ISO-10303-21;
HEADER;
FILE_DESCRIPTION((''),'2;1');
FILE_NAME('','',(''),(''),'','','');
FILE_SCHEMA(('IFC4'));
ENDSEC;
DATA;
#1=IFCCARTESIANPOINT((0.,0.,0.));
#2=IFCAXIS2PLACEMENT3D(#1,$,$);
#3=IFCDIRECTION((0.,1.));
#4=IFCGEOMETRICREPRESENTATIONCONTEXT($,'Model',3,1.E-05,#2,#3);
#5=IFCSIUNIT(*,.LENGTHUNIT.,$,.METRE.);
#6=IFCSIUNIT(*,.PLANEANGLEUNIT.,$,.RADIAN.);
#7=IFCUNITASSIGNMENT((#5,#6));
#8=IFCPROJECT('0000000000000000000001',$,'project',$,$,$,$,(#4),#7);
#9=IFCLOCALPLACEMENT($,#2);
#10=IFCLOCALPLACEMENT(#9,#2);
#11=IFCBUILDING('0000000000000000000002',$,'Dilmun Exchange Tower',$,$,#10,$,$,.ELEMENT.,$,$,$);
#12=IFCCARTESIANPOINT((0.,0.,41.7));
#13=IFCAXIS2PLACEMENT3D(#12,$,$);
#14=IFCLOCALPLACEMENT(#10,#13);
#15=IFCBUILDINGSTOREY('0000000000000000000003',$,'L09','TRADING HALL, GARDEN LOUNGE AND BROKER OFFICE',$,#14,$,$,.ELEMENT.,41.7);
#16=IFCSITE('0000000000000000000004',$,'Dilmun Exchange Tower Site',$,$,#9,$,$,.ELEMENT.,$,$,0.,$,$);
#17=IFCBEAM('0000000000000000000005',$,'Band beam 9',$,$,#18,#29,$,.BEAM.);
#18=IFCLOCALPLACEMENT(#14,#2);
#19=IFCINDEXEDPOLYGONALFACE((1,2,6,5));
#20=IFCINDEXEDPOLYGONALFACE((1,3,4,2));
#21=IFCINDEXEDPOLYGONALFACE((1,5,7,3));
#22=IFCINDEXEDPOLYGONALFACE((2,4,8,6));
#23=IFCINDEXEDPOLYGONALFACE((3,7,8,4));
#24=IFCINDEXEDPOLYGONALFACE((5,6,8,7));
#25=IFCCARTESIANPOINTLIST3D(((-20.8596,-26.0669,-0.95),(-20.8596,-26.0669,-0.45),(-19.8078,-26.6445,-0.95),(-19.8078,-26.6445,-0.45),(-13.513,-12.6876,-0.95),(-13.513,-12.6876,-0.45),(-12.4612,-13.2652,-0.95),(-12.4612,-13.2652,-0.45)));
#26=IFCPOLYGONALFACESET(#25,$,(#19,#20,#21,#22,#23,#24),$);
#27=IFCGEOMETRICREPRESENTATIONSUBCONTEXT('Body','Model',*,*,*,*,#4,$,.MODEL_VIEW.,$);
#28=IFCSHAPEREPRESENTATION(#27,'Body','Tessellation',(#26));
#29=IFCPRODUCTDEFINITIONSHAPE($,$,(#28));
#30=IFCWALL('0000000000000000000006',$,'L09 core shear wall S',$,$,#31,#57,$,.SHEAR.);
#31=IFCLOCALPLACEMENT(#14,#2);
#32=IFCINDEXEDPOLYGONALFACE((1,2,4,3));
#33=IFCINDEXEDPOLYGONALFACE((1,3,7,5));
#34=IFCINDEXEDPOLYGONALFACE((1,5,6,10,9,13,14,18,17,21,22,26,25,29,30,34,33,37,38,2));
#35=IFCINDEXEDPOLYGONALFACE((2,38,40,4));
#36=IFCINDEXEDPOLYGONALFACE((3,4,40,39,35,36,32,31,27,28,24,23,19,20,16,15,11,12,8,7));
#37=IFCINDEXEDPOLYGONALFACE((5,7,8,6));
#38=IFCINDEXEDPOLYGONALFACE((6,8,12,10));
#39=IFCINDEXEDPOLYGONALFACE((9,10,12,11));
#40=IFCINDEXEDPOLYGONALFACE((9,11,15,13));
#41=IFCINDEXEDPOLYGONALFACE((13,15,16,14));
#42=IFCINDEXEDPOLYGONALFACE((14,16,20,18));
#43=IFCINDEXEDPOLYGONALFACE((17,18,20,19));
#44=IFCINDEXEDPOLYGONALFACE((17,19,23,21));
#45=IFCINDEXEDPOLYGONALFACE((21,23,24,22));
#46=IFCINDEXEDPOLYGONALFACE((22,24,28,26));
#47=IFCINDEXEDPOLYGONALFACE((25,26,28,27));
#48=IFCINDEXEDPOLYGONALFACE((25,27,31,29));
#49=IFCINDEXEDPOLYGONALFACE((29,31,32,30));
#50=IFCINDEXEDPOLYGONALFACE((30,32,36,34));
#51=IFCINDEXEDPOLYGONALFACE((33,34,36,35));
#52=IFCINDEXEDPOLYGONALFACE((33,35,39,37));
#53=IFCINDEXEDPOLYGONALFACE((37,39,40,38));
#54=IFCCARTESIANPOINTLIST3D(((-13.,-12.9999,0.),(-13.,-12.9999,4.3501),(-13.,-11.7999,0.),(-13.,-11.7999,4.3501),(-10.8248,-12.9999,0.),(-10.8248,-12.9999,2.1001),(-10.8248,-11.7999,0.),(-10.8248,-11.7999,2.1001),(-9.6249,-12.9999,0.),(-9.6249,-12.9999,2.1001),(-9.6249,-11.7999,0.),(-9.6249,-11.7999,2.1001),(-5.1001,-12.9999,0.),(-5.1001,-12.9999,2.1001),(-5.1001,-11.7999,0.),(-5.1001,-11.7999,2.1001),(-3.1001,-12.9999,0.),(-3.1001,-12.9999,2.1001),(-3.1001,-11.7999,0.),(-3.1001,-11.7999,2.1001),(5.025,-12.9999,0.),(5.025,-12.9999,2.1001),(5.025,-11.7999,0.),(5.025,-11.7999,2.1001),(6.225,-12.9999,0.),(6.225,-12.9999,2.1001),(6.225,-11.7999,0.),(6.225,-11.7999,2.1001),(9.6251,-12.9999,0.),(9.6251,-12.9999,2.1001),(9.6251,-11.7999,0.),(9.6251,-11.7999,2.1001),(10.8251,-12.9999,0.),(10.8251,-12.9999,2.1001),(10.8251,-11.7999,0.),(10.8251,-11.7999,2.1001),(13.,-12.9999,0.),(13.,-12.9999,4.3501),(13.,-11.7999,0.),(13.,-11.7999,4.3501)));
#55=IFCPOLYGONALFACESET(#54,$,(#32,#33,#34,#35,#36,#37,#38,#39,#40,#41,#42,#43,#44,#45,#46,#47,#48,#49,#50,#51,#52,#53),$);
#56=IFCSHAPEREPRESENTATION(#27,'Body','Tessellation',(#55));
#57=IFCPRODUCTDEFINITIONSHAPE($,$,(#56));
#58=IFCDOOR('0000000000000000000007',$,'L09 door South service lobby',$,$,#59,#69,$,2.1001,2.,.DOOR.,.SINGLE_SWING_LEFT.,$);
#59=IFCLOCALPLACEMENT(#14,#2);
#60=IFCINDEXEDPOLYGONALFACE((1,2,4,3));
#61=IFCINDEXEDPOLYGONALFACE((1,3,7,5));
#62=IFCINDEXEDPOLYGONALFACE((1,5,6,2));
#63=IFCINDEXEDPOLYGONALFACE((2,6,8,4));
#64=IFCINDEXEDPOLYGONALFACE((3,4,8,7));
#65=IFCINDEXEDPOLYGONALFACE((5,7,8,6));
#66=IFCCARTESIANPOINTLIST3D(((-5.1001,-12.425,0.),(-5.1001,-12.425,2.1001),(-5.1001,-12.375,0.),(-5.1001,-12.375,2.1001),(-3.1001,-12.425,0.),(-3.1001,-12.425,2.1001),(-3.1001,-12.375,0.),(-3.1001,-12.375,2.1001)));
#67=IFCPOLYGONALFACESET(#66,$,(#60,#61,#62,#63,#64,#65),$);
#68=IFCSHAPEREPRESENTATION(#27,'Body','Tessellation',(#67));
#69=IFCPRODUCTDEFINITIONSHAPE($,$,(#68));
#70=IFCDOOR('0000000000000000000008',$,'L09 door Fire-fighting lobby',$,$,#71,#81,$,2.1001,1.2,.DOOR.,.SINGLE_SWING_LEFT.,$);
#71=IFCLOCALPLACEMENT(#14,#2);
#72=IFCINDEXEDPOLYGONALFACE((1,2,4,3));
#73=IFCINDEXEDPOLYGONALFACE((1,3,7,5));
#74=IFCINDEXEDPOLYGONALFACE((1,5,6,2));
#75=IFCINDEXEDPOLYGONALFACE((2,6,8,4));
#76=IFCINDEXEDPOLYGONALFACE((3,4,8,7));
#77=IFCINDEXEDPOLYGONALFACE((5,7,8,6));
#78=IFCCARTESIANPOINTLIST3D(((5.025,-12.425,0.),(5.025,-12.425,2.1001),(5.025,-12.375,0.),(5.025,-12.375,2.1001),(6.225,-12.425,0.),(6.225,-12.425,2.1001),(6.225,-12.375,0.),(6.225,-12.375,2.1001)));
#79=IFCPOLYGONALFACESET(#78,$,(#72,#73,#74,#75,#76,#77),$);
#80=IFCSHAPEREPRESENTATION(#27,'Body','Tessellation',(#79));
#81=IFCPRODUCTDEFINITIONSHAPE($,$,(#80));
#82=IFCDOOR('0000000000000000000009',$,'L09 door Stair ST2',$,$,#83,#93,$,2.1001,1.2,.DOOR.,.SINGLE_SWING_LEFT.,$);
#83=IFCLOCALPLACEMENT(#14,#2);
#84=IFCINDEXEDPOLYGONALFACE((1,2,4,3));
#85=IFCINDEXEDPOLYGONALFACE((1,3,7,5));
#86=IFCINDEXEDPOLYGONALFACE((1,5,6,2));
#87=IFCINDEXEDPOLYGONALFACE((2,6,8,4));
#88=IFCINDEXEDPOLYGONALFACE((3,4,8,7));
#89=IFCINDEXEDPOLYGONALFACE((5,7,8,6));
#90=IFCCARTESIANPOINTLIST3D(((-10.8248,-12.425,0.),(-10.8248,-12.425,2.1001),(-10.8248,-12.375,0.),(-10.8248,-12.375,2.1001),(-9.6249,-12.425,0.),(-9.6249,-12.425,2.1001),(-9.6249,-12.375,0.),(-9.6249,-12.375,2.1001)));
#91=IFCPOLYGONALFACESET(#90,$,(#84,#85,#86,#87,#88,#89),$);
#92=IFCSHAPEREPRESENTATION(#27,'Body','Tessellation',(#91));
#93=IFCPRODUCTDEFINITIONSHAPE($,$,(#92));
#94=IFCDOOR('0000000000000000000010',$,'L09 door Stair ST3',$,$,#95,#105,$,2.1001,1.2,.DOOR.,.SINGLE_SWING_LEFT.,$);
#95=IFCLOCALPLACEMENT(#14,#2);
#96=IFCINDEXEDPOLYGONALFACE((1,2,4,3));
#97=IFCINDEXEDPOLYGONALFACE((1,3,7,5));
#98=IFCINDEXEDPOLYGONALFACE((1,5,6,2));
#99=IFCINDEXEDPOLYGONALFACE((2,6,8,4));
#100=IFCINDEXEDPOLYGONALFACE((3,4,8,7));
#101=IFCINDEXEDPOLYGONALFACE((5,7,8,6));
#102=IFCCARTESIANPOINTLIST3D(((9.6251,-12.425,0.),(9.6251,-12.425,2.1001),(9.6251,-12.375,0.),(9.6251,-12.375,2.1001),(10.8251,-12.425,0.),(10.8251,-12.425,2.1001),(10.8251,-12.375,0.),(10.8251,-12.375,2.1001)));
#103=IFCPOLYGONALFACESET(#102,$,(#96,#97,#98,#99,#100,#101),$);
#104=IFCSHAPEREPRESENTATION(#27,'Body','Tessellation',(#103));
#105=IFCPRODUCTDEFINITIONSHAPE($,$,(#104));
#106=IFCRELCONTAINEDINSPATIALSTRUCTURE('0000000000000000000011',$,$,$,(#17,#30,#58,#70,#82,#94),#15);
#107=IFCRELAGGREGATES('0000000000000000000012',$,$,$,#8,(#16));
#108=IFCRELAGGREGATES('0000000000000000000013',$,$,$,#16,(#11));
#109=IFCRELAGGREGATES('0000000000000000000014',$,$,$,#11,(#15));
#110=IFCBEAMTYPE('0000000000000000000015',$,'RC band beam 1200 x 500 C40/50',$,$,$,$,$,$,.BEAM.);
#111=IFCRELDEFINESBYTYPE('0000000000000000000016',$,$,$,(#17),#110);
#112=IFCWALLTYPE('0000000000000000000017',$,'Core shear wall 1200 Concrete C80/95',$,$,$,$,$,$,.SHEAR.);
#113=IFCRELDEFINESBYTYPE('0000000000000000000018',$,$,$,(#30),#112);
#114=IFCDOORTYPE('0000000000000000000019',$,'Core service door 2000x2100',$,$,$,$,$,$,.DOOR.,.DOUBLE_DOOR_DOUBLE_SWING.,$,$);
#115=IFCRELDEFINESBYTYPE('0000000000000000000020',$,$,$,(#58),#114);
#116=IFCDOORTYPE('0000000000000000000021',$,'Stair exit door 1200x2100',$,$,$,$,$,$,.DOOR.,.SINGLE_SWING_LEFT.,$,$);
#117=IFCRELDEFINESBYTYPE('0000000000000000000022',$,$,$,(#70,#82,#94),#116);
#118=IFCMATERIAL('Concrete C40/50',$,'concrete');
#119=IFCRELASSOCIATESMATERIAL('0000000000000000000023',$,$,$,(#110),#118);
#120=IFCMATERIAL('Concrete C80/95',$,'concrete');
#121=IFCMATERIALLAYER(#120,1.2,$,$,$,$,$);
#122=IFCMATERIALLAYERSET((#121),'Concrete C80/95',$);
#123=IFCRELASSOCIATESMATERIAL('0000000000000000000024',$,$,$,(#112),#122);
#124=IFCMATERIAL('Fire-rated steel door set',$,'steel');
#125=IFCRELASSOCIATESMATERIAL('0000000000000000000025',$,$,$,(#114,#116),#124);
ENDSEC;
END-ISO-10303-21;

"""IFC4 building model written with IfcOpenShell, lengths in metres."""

from ifc_helpers import new_model, si_unit, direction, frame, frame_2d, origin, origin_2d, place, context, subcontext, project, spatial, rectangle, extrude, material, layer, layer_set, material_profile, profile_set, type_object, element, fill, save


model = new_model("IFC4")

# Units and contexts
model_context = context("Model", 3, precision=1e-05, world=origin(), true_north=direction((0.0, 1.0)))
body_context = subcontext(model_context, "Body", "Model", "MODEL_VIEW")
ifc_project = project(units=[si_unit("LENGTHUNIT", "METRE"), si_unit("PLANEANGLEUNIT", "RADIAN")], contexts=[model_context])

# Site, building, storey
site_placement = place(None, origin())
site = spatial("IfcSite", under=ifc_project, at=site_placement, Name="Dilmun Exchange Tower Site", CompositionType="ELEMENT", RefElevation=0.0)
building_placement = place(site_placement, origin())
building = spatial("IfcBuilding", under=site, at=building_placement, Name="Dilmun Exchange Tower", CompositionType="ELEMENT")
storey_placement = place(building_placement, frame((0.0, 0.0, 41.7)))
storey = spatial("IfcBuildingStorey", under=building, at=storey_placement, Name="L09", Description="TRADING HALL, GARDEN LOUNGE AND BROKER OFFICE", CompositionType="ELEMENT", Elevation=41.7)

# Beam
ifc_material_1 = material(Name="Concrete C40/50", Category="concrete")
ifc_material_profile = material_profile(ifc_material_1, rectangle(XDim=1.2, YDim=0.5, at=origin_2d()), Name="1200 x 500")
ifc_profile_set = profile_set([ifc_material_profile], Name="Concrete C40/50")
beam_type = type_object("IfcBeamType", Name="RC band beam 1200 x 500 C40/50", PredefinedType="BEAM", material=ifc_profile_set)
beam_placement = place(storey_placement, frame((-20.3337, -26.3557, -0.7), z_axis=(0.481316, 0.876547, 0.0), x_axis=(-0.876547, 0.481316, 0.0)))
element("IfcBeam", 1, at=beam_placement, inside=storey, type_object=beam_type, Name="Band beam 9", PredefinedType="BEAM", context=body_context, shape_type="SweptSolid", body=[
    extrude(rectangle(XDim=1.2, YDim=0.5, at=origin_2d()), origin(), (0.0, 0.0, 1.0), 15.2637),
])

# Wall, openings, doors
ifc_material_2 = material(Name="Concrete C80/95", Category="concrete")
ifc_layer_1 = layer(ifc_material_2, 1.2)
ifc_layer_set_1 = layer_set([ifc_layer_1], Name="Concrete C80/95")
wall_type_1 = type_object("IfcWallType", Name="Core shear wall 1200 Concrete C80/95", PredefinedType="SHEAR", material=ifc_layer_set_1)
wall_1_placement = place(storey_placement, frame((-13.0, -12.3999, 0.0), z_axis=(0.0, 0.0, 1.0), x_axis=(1.0, 0.0, 0.0)))
wall_1 = element("IfcWall", 2, at=wall_1_placement, inside=storey, type_object=wall_type_1, Name="L09 core shear wall S", PredefinedType="SHEAR", context=body_context, shape_type="SweptSolid", body=[
    extrude(rectangle(XDim=26.0, YDim=1.2, at=frame_2d((13.0, 0.0))), origin(), (0.0, 0.0, 1.0), 4.3501),
])
opening_1_placement = place(wall_1_placement, frame((7.8999, 0.0, 0.0)))
opening_1 = element("IfcOpeningElement", 3, at=opening_1_placement, cuts=wall_1, PredefinedType="OPENING", context=body_context, shape_type="SweptSolid", body=[
    extrude(rectangle(XDim=2.0, YDim=2.1001, at=frame_2d((1.0, 1.05))), frame((0.0, 0.6099, 0.0), z_axis=(0.0, -1.0, 0.0), x_axis=(1.0, 0.0, 0.0)), (0.0, 0.0, 1.0), 1.22),
])
opening_2_placement = place(wall_1_placement, frame((18.0249, 0.0, 0.0)))
opening_2 = element("IfcOpeningElement", 4, at=opening_2_placement, cuts=wall_1, PredefinedType="OPENING", context=body_context, shape_type="SweptSolid", body=[
    extrude(rectangle(XDim=1.2, YDim=2.1001, at=frame_2d((0.6001, 1.05))), frame((0.0, 0.6099, 0.0), z_axis=(0.0, -1.0, 0.0), x_axis=(1.0, 0.0, 0.0)), (0.0, 0.0, 1.0), 1.22),
])
opening_3_placement = place(wall_1_placement, frame((2.175, 0.0, 0.0)))
opening_3 = element("IfcOpeningElement", 5, at=opening_3_placement, cuts=wall_1, PredefinedType="OPENING", context=body_context, shape_type="SweptSolid", body=[
    extrude(rectangle(XDim=1.2, YDim=2.1001, at=frame_2d((0.6001, 1.05))), frame((0.0, 0.6099, 0.0), z_axis=(0.0, -1.0, 0.0), x_axis=(1.0, 0.0, 0.0)), (0.0, 0.0, 1.0), 1.22),
])
opening_4_placement = place(wall_1_placement, frame((22.625, 0.0, 0.0)))
opening_4 = element("IfcOpeningElement", 6, at=opening_4_placement, cuts=wall_1, PredefinedType="OPENING", context=body_context, shape_type="SweptSolid", body=[
    extrude(rectangle(XDim=1.2, YDim=2.1001, at=frame_2d((0.6001, 1.05))), frame((0.0, 0.6099, 0.0), z_axis=(0.0, -1.0, 0.0), x_axis=(1.0, 0.0, 0.0)), (0.0, 0.0, 1.0), 1.22),
])
ifc_material_3 = material(Name="Fire-rated steel door set", Category="steel")
door_type_1 = type_object("IfcDoorType", Name="Core service door 2000x2100", OperationType="DOUBLE_DOOR_DOUBLE_SWING", PredefinedType="DOOR", material=ifc_material_3)
door_1_placement = place(opening_1_placement, origin())
door_1 = element("IfcDoor", 7, at=door_1_placement, inside=storey, type_object=door_type_1, Name="L09 door South service lobby", OperationType="SINGLE_SWING_LEFT", OverallHeight=2.1001, OverallWidth=2.0, PredefinedType="DOOR", context=body_context, shape_type="SweptSolid", body=[
    extrude(rectangle(XDim=2.0, YDim=2.1001, at=frame_2d((1.0, 1.05))), frame((0.0, 0.0249, 0.0), z_axis=(0.0, -1.0, 0.0), x_axis=(1.0, 0.0, 0.0)), (0.0, 0.0, 1.0), 0.05),
])
fill(opening_1, door_1)
door_type_2 = type_object("IfcDoorType", Name="Stair exit door 1200x2100", OperationType="SINGLE_SWING_LEFT", PredefinedType="DOOR", material=ifc_material_3)
door_2_placement = place(opening_2_placement, origin())
door_2 = element("IfcDoor", 8, at=door_2_placement, inside=storey, type_object=door_type_2, Name="L09 door Fire-fighting lobby", OperationType="SINGLE_SWING_LEFT", OverallHeight=2.1001, OverallWidth=1.2, PredefinedType="DOOR", context=body_context, shape_type="SweptSolid", body=[
    extrude(rectangle(XDim=1.2, YDim=2.1001, at=frame_2d((0.6001, 1.05))), frame((0.0, 0.0249, 0.0), z_axis=(0.0, -1.0, 0.0), x_axis=(1.0, 0.0, 0.0)), (0.0, 0.0, 1.0), 0.05),
])
fill(opening_2, door_2)
door_3_placement = place(opening_3_placement, origin())
door_3 = element("IfcDoor", 9, at=door_3_placement, inside=storey, type_object=door_type_2, Name="L09 door Stair ST2", OperationType="SINGLE_SWING_LEFT", OverallHeight=2.1001, OverallWidth=1.2, PredefinedType="DOOR", context=body_context, shape_type="SweptSolid", body=[
    extrude(rectangle(XDim=1.2, YDim=2.1001, at=frame_2d((0.6001, 1.05))), frame((0.0, 0.0249, 0.0), z_axis=(0.0, -1.0, 0.0), x_axis=(1.0, 0.0, 0.0)), (0.0, 0.0, 1.0), 0.05),
])
fill(opening_3, door_3)
door_4_placement = place(opening_4_placement, origin())
door_4 = element("IfcDoor", 10, at=door_4_placement, inside=storey, type_object=door_type_2, Name="L09 door Stair ST3", OperationType="SINGLE_SWING_LEFT", OverallHeight=2.1001, OverallWidth=1.2, PredefinedType="DOOR", context=body_context, shape_type="SweptSolid", body=[
    extrude(rectangle(XDim=1.2, YDim=2.1001, at=frame_2d((0.6001, 1.05))), frame((0.0, 0.0249, 0.0), z_axis=(0.0, -1.0, 0.0), x_axis=(1.0, 0.0, 0.0)), (0.0, 0.0, 1.0), 0.05),
])
fill(opening_4, door_4)

save(model, "model.ifc")
